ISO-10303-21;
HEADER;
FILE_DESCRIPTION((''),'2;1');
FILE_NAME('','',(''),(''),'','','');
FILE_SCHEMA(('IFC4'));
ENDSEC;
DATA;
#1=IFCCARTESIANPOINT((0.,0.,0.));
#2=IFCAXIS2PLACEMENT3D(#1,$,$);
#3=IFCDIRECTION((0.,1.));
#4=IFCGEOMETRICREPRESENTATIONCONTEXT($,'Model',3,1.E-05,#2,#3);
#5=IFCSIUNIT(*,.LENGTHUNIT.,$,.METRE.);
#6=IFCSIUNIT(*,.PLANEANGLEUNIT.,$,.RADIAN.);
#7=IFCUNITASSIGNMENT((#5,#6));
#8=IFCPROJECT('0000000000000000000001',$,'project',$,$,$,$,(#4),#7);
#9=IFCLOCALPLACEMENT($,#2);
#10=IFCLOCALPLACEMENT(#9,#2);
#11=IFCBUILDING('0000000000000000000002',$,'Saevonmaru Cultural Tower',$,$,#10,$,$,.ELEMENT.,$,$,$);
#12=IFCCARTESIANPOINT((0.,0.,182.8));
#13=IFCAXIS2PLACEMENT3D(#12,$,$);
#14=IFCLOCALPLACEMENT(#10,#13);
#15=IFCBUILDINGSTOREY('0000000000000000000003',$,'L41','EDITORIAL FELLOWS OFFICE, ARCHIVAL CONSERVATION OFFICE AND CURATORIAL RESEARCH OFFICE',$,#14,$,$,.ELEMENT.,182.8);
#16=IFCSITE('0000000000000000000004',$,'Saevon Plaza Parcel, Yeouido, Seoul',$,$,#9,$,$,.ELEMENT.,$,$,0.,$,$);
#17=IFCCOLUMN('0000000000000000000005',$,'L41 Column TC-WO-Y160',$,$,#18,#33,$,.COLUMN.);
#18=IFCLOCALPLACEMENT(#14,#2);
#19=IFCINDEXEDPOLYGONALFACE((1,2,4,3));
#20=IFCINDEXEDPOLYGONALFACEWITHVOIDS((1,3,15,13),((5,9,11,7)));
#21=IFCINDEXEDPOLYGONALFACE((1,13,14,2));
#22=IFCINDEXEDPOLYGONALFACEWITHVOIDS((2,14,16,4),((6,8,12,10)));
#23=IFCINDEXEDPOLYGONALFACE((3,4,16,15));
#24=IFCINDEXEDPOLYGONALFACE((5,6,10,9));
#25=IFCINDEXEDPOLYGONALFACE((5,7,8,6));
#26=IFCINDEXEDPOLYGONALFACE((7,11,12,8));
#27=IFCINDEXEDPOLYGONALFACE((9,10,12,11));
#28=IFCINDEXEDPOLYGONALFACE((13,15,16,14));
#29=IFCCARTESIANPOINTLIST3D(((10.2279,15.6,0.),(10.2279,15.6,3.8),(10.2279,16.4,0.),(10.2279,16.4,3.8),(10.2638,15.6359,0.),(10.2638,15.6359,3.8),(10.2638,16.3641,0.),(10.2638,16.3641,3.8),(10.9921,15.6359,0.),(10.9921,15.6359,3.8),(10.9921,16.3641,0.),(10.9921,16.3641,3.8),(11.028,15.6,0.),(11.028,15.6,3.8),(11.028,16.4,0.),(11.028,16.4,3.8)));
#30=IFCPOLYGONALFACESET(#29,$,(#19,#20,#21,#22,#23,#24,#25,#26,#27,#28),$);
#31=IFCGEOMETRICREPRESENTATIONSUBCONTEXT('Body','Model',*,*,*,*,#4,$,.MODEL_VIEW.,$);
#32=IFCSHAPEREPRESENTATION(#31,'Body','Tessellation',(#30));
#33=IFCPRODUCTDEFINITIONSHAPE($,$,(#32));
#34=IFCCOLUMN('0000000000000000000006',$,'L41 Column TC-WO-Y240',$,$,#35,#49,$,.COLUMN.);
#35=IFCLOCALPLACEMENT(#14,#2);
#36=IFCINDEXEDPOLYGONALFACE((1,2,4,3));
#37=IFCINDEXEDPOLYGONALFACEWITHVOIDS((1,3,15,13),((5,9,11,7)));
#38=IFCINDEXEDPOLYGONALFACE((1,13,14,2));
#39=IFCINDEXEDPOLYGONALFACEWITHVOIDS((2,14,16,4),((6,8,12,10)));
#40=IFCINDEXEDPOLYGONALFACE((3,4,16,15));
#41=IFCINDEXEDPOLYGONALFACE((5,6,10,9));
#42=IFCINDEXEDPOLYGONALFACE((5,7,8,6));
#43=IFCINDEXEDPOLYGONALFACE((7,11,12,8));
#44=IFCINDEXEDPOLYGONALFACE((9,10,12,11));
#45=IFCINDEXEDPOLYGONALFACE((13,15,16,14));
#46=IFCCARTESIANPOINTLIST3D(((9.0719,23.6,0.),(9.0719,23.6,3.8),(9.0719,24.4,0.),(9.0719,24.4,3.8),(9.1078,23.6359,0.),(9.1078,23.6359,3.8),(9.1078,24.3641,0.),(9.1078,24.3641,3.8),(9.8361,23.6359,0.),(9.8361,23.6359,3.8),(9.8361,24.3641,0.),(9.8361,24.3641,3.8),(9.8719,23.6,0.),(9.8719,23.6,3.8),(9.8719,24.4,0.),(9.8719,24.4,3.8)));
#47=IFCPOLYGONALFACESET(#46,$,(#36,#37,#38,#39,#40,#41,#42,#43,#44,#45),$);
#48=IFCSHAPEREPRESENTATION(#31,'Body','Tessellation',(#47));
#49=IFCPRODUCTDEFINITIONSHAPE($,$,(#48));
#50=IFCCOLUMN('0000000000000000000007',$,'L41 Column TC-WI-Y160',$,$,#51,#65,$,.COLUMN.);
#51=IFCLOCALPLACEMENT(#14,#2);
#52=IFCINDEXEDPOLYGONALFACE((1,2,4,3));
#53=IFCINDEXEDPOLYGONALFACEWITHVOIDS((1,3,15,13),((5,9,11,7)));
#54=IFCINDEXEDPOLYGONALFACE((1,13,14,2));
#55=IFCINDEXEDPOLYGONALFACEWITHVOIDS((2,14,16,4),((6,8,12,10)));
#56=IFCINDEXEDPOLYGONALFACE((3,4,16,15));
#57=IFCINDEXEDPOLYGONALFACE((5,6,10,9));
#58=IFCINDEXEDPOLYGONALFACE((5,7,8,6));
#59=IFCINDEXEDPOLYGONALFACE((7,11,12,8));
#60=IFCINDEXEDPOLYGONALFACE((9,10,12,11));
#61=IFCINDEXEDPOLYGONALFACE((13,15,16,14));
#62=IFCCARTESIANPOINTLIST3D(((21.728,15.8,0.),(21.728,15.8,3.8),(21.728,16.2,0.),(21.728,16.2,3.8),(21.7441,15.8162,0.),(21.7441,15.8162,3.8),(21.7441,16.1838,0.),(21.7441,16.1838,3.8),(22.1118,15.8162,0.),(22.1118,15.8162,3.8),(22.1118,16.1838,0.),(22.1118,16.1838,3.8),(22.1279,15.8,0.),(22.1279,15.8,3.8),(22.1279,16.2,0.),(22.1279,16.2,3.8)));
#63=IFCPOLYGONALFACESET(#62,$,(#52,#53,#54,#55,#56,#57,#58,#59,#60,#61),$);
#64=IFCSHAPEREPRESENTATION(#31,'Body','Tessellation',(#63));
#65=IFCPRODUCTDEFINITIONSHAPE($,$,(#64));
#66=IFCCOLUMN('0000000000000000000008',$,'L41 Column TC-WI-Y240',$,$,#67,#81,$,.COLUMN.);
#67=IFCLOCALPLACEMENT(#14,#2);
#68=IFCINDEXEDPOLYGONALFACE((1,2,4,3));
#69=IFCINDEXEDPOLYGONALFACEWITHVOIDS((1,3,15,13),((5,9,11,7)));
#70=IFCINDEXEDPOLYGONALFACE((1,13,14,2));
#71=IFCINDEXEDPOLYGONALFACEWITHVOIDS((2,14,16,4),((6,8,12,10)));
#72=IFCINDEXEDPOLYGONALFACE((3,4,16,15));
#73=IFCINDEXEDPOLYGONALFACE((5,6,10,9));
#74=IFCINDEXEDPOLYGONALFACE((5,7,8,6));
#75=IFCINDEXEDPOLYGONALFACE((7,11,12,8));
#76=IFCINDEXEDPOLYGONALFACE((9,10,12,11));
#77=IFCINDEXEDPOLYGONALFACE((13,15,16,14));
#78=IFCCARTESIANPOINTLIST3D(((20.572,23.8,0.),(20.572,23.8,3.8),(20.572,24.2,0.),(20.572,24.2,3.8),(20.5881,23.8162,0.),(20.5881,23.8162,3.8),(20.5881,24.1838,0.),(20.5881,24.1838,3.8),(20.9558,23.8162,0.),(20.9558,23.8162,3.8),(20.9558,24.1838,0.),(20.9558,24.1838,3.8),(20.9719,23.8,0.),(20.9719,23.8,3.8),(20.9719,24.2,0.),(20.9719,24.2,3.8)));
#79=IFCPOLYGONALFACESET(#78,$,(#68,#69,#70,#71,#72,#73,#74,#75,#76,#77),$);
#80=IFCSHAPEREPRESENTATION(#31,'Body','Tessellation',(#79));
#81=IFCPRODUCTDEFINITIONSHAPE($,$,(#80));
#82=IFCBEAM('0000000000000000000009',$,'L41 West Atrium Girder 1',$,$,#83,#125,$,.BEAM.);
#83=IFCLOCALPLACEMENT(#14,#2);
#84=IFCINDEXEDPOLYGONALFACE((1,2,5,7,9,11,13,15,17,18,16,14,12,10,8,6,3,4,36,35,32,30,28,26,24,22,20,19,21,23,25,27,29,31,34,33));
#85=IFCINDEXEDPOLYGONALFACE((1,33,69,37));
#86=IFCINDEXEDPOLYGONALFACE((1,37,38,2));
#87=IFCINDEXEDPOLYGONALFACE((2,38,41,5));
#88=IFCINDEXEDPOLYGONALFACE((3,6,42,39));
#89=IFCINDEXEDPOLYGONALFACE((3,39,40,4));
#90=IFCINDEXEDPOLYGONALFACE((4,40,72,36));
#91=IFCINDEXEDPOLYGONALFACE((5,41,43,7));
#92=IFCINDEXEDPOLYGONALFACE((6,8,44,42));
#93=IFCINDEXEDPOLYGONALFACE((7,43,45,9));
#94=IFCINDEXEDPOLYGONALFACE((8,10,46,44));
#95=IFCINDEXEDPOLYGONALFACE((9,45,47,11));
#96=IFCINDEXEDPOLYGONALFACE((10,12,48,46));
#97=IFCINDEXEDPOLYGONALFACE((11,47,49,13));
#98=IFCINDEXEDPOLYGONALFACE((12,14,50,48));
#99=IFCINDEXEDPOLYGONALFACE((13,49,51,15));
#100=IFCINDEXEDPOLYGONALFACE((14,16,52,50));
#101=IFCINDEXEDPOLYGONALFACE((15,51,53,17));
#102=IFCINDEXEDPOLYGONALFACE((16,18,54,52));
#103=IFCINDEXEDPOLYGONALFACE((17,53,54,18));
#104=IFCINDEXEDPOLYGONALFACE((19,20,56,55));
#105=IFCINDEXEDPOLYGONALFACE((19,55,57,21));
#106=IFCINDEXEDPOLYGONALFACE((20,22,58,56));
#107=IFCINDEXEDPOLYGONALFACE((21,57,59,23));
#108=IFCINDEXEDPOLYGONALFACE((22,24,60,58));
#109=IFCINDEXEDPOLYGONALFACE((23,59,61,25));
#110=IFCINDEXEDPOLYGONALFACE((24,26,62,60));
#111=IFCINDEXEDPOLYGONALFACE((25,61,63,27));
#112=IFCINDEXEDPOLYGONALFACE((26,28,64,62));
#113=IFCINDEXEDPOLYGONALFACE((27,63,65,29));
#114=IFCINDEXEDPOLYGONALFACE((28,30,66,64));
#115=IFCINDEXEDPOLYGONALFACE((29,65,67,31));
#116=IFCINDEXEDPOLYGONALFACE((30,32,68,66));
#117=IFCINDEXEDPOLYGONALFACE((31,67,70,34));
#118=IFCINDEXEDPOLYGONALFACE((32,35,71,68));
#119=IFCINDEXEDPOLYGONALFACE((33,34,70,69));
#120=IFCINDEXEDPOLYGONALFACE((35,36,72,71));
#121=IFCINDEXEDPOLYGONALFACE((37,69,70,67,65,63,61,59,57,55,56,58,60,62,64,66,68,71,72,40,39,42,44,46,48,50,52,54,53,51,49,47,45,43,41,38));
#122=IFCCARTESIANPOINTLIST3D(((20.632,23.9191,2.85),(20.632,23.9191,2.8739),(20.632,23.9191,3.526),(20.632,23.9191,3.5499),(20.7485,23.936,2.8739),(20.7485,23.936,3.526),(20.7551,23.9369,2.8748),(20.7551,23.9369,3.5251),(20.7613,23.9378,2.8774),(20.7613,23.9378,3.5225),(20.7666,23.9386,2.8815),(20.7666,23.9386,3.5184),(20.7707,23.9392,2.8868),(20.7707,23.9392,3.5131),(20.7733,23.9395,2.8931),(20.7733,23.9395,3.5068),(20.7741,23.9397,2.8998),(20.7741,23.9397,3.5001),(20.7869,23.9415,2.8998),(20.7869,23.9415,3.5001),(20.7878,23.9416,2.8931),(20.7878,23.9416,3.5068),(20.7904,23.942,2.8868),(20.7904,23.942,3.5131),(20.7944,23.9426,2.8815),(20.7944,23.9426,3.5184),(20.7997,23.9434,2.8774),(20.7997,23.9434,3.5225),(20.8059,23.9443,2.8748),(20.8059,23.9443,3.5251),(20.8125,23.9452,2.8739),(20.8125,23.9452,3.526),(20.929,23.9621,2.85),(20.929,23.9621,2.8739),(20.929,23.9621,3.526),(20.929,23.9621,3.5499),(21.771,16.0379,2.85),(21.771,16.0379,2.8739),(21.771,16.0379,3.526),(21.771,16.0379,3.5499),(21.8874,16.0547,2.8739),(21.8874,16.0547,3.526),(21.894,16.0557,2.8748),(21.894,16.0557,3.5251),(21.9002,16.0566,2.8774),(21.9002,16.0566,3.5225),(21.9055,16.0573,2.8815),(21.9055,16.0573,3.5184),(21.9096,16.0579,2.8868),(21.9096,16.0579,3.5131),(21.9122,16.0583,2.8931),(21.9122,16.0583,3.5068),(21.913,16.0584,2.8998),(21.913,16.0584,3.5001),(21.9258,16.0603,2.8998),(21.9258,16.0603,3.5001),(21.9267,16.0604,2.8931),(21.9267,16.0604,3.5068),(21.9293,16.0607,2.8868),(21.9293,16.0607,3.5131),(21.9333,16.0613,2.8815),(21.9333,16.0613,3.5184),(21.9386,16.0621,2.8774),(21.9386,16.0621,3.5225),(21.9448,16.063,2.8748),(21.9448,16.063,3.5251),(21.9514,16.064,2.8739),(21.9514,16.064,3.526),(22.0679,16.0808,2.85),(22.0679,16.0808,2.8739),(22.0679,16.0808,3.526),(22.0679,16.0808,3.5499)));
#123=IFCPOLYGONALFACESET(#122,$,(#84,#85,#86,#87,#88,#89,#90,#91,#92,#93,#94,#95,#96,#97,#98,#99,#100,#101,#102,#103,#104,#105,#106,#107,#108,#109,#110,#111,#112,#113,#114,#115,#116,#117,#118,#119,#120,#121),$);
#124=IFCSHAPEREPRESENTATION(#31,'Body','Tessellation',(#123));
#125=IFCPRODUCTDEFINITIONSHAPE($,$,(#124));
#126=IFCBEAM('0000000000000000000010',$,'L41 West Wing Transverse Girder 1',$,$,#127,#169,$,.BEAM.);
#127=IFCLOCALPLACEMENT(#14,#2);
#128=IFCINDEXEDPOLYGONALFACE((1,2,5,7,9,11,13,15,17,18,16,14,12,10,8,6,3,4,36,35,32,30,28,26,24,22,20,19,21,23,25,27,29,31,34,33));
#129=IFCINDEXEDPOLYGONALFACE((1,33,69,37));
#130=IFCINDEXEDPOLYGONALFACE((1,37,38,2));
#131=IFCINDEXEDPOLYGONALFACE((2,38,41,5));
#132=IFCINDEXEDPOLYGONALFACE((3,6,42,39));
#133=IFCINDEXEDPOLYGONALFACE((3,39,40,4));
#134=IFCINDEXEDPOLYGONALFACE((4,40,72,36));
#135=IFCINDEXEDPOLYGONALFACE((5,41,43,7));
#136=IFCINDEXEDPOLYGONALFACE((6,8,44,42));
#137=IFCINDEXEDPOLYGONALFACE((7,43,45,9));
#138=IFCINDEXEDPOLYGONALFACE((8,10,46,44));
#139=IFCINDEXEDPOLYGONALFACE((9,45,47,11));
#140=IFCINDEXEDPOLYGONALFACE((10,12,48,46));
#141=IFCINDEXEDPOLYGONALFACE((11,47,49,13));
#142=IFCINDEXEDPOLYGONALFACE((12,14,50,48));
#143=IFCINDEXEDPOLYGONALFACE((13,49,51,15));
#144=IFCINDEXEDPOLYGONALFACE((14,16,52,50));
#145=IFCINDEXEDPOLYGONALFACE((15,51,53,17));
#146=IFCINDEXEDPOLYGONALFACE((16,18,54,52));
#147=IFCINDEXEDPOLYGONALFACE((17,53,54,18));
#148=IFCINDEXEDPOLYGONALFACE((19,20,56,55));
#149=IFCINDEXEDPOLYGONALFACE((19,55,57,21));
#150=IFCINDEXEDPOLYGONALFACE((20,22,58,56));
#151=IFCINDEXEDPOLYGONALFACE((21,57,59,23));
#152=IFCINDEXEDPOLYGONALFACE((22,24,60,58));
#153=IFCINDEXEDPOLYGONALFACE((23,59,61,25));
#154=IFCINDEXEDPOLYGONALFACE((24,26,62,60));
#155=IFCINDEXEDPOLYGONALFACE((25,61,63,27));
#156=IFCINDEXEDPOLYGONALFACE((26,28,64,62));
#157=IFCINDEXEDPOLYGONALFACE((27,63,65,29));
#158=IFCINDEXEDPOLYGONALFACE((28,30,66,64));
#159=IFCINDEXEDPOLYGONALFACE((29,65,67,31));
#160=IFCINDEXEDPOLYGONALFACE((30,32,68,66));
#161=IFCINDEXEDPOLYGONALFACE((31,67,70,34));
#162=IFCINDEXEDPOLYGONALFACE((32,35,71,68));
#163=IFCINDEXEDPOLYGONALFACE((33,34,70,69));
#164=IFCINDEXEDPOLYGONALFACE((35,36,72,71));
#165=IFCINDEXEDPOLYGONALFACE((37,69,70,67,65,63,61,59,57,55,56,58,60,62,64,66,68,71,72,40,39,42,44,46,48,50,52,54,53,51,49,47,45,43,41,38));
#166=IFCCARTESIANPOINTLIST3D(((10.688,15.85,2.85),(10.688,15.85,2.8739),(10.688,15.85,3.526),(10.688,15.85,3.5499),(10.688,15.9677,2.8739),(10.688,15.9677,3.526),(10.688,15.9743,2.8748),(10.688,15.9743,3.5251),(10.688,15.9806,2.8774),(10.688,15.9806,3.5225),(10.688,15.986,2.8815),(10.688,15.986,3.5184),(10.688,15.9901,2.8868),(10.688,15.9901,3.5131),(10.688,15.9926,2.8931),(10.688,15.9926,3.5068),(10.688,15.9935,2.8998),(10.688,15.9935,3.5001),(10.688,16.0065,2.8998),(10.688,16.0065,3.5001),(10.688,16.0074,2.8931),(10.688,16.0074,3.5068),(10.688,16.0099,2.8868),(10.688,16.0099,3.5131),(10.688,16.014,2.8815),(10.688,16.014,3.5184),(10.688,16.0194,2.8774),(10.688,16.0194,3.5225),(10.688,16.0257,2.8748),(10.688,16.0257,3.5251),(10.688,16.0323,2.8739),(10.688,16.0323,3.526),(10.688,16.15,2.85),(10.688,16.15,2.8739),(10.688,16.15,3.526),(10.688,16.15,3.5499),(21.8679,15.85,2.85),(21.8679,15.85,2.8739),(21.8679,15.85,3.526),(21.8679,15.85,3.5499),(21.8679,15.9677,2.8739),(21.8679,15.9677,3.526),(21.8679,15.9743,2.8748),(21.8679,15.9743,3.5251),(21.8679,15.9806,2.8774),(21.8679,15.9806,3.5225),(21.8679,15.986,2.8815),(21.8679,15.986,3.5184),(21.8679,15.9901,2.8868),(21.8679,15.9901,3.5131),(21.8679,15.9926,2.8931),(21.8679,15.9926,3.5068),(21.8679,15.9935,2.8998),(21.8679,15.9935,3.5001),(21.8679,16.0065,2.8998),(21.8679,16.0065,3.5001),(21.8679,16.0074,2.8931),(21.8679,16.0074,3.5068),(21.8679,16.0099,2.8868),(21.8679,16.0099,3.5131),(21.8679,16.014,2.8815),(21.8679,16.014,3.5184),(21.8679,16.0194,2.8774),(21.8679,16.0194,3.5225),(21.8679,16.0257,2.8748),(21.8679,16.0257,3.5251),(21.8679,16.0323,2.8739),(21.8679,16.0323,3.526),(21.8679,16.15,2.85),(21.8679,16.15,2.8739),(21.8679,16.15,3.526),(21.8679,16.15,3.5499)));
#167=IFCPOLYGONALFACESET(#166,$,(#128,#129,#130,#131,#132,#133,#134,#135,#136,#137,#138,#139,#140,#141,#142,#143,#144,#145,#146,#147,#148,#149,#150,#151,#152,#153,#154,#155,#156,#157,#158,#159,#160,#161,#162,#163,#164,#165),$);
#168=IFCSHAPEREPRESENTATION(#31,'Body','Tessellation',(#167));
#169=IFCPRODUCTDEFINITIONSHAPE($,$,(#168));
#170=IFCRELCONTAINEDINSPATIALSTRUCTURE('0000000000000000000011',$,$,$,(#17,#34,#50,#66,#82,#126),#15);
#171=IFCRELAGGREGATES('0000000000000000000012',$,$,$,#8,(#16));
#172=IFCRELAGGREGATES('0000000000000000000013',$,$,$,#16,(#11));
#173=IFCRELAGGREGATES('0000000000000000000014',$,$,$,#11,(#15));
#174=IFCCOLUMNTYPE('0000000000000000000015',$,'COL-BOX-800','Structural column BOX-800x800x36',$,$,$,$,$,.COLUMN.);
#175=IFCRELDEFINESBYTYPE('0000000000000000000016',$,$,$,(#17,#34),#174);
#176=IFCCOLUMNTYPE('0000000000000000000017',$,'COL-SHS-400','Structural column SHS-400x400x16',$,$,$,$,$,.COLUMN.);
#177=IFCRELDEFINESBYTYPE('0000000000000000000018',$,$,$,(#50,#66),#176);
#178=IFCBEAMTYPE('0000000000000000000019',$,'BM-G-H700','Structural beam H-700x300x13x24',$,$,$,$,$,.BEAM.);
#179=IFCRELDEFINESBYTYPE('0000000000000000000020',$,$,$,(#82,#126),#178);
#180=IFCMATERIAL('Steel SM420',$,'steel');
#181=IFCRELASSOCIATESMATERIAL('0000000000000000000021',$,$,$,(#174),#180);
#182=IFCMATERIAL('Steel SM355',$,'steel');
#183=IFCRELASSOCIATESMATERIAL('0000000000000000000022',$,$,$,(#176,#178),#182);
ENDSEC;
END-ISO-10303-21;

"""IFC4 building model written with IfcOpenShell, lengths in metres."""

from ifc_helpers import new_model, si_unit, direction, frame, origin, origin_2d, place, context, subcontext, project, spatial, hollow_rectangle, i_section, extrude, material, material_profile, profile_set, type_object, element, save


model = new_model("IFC4")

# Units and contexts
model_context = context("Model", 3, precision=1e-05, world=origin(), true_north=direction((0.0, 1.0)))
body_context = subcontext(model_context, "Body", "Model", "MODEL_VIEW")
ifc_project = project(units=[si_unit("LENGTHUNIT", "METRE"), si_unit("PLANEANGLEUNIT", "RADIAN")], contexts=[model_context])

# Site, building, storey
site_placement = place(None, origin())
site = spatial("IfcSite", under=ifc_project, at=site_placement, Name="Saevon Plaza Parcel, Yeouido, Seoul", CompositionType="ELEMENT", RefElevation=0.0)
building_placement = place(site_placement, origin())
building = spatial("IfcBuilding", under=site, at=building_placement, Name="Saevonmaru Cultural Tower", CompositionType="ELEMENT")
storey_placement = place(building_placement, frame((0.0, 0.0, 182.8)))
storey = spatial("IfcBuildingStorey", under=building, at=storey_placement, Name="L41", Description="EDITORIAL FELLOWS OFFICE, ARCHIVAL CONSERVATION OFFICE AND CURATORIAL RESEARCH OFFICE", CompositionType="ELEMENT", Elevation=182.8)

# Columns
ifc_material_1 = material(Name="Steel SM420", Category="steel")
ifc_material_profile_1 = material_profile(ifc_material_1, hollow_rectangle(XDim=0.8, YDim=0.8, WallThickness=0.0359, at=origin_2d()), Name="BOX-800x800x36")
ifc_profile_set_1 = profile_set([ifc_material_profile_1], Name="Steel SM420")
column_type_1 = type_object("IfcColumnType", Name="COL-BOX-800", Description="Structural column BOX-800x800x36", PredefinedType="COLUMN", material=ifc_profile_set_1)
for number, where, z_axis, x_axis, name in (
    (1, (10.6279, 16.0, 0.0), (0.0, 0.0, 1.0), (1.0, 0.0, 0.0), "L41 Column TC-WO-Y160"),
    (2, (9.4719, 24.0, 0.0), (0.0, 0.0, 1.0), (1.0, 0.0, 0.0), "L41 Column TC-WO-Y240"),
):
    element("IfcColumn", number, at=place(storey_placement, frame(where, z_axis=z_axis, x_axis=x_axis)), inside=storey, type_object=column_type_1, Name=name, PredefinedType="COLUMN", context=body_context, shape_type="SweptSolid", body=[
        extrude(hollow_rectangle(XDim=0.8, YDim=0.8, WallThickness=0.0359, at=origin_2d()), origin(), (0.0, 0.0, 1.0), 3.8),
    ])
ifc_material_2 = material(Name="Steel SM355", Category="steel")
ifc_material_profile_2 = material_profile(ifc_material_2, hollow_rectangle(XDim=0.3999, YDim=0.3999, WallThickness=0.0161, at=origin_2d()), Name="SHS-400x400x16")
ifc_profile_set_2 = profile_set([ifc_material_profile_2], Name="Steel SM355")
column_type_2 = type_object("IfcColumnType", Name="COL-SHS-400", Description="Structural column SHS-400x400x16", PredefinedType="COLUMN", material=ifc_profile_set_2)
for number, where, z_axis, x_axis, name in (
    (3, (21.928, 16.0, 0.0), (0.0, 0.0, 1.0), (1.0, 0.0, 0.0), "L41 Column TC-WI-Y160"),
    (4, (20.772, 24.0, 0.0), (0.0, 0.0, 1.0), (1.0, 0.0, 0.0), "L41 Column TC-WI-Y240"),
):
    element("IfcColumn", number, at=place(storey_placement, frame(where, z_axis=z_axis, x_axis=x_axis)), inside=storey, type_object=column_type_2, Name=name, PredefinedType="COLUMN", context=body_context, shape_type="SweptSolid", body=[
        extrude(hollow_rectangle(XDim=0.3999, YDim=0.3999, WallThickness=0.0161, at=origin_2d()), origin(), (0.0, 0.0, 1.0), 3.8),
    ])

# Beams
ifc_material_profile_3 = material_profile(ifc_material_2, i_section(OverallWidth=0.3, OverallDepth=0.7, WebThickness=0.0129, FlangeThickness=0.0239, FilletRadius=0.0259, at=origin_2d()), Name="H-700x300x13x24")
ifc_profile_set_3 = profile_set([ifc_material_profile_3], Name="Steel SM355")
beam_type_1 = type_object("IfcBeamType", Name="BM-G-H700", Description="Structural beam H-700x300x13x24", PredefinedType="BEAM", material=ifc_profile_set_3)
beam_1_placement = place(storey_placement, frame((21.9194, 16.0593, 3.2), z_axis=(-0.143022, 0.989719, 0.0), x_axis=(-0.989719, -0.143022, 0.0)))
element("IfcBeam", 5, at=beam_1_placement, inside=storey, type_object=beam_type_1, Name="L41 West Atrium Girder 1", PredefinedType="BEAM", context=body_context, shape_type="SweptSolid", body=[
    extrude(i_section(OverallWidth=0.3, OverallDepth=0.7, WebThickness=0.0129, FlangeThickness=0.0239, FilletRadius=0.0259, at=origin_2d()), origin(), (0.0, 0.0, 1.0), 7.9631),
])
for number, where, z_axis, x_axis, name in (
    (6, (10.688, 16.0, 3.2), (1.0, 0.0, 0.0), (0.0, 1.0, 0.0), "L41 West Wing Transverse Girder 1"),
):
    element("IfcBeam", number, at=place(storey_placement, frame(where, z_axis=z_axis, x_axis=x_axis)), inside=storey, type_object=beam_type_1, Name=name, PredefinedType="BEAM", context=body_context, shape_type="SweptSolid", body=[
        extrude(i_section(OverallWidth=0.3, OverallDepth=0.7, WebThickness=0.0129, FlangeThickness=0.0239, FilletRadius=0.0259, at=origin_2d()), origin(), (0.0, 0.0, 1.0), 11.1799),
    ])

save(model, "model.ifc")
